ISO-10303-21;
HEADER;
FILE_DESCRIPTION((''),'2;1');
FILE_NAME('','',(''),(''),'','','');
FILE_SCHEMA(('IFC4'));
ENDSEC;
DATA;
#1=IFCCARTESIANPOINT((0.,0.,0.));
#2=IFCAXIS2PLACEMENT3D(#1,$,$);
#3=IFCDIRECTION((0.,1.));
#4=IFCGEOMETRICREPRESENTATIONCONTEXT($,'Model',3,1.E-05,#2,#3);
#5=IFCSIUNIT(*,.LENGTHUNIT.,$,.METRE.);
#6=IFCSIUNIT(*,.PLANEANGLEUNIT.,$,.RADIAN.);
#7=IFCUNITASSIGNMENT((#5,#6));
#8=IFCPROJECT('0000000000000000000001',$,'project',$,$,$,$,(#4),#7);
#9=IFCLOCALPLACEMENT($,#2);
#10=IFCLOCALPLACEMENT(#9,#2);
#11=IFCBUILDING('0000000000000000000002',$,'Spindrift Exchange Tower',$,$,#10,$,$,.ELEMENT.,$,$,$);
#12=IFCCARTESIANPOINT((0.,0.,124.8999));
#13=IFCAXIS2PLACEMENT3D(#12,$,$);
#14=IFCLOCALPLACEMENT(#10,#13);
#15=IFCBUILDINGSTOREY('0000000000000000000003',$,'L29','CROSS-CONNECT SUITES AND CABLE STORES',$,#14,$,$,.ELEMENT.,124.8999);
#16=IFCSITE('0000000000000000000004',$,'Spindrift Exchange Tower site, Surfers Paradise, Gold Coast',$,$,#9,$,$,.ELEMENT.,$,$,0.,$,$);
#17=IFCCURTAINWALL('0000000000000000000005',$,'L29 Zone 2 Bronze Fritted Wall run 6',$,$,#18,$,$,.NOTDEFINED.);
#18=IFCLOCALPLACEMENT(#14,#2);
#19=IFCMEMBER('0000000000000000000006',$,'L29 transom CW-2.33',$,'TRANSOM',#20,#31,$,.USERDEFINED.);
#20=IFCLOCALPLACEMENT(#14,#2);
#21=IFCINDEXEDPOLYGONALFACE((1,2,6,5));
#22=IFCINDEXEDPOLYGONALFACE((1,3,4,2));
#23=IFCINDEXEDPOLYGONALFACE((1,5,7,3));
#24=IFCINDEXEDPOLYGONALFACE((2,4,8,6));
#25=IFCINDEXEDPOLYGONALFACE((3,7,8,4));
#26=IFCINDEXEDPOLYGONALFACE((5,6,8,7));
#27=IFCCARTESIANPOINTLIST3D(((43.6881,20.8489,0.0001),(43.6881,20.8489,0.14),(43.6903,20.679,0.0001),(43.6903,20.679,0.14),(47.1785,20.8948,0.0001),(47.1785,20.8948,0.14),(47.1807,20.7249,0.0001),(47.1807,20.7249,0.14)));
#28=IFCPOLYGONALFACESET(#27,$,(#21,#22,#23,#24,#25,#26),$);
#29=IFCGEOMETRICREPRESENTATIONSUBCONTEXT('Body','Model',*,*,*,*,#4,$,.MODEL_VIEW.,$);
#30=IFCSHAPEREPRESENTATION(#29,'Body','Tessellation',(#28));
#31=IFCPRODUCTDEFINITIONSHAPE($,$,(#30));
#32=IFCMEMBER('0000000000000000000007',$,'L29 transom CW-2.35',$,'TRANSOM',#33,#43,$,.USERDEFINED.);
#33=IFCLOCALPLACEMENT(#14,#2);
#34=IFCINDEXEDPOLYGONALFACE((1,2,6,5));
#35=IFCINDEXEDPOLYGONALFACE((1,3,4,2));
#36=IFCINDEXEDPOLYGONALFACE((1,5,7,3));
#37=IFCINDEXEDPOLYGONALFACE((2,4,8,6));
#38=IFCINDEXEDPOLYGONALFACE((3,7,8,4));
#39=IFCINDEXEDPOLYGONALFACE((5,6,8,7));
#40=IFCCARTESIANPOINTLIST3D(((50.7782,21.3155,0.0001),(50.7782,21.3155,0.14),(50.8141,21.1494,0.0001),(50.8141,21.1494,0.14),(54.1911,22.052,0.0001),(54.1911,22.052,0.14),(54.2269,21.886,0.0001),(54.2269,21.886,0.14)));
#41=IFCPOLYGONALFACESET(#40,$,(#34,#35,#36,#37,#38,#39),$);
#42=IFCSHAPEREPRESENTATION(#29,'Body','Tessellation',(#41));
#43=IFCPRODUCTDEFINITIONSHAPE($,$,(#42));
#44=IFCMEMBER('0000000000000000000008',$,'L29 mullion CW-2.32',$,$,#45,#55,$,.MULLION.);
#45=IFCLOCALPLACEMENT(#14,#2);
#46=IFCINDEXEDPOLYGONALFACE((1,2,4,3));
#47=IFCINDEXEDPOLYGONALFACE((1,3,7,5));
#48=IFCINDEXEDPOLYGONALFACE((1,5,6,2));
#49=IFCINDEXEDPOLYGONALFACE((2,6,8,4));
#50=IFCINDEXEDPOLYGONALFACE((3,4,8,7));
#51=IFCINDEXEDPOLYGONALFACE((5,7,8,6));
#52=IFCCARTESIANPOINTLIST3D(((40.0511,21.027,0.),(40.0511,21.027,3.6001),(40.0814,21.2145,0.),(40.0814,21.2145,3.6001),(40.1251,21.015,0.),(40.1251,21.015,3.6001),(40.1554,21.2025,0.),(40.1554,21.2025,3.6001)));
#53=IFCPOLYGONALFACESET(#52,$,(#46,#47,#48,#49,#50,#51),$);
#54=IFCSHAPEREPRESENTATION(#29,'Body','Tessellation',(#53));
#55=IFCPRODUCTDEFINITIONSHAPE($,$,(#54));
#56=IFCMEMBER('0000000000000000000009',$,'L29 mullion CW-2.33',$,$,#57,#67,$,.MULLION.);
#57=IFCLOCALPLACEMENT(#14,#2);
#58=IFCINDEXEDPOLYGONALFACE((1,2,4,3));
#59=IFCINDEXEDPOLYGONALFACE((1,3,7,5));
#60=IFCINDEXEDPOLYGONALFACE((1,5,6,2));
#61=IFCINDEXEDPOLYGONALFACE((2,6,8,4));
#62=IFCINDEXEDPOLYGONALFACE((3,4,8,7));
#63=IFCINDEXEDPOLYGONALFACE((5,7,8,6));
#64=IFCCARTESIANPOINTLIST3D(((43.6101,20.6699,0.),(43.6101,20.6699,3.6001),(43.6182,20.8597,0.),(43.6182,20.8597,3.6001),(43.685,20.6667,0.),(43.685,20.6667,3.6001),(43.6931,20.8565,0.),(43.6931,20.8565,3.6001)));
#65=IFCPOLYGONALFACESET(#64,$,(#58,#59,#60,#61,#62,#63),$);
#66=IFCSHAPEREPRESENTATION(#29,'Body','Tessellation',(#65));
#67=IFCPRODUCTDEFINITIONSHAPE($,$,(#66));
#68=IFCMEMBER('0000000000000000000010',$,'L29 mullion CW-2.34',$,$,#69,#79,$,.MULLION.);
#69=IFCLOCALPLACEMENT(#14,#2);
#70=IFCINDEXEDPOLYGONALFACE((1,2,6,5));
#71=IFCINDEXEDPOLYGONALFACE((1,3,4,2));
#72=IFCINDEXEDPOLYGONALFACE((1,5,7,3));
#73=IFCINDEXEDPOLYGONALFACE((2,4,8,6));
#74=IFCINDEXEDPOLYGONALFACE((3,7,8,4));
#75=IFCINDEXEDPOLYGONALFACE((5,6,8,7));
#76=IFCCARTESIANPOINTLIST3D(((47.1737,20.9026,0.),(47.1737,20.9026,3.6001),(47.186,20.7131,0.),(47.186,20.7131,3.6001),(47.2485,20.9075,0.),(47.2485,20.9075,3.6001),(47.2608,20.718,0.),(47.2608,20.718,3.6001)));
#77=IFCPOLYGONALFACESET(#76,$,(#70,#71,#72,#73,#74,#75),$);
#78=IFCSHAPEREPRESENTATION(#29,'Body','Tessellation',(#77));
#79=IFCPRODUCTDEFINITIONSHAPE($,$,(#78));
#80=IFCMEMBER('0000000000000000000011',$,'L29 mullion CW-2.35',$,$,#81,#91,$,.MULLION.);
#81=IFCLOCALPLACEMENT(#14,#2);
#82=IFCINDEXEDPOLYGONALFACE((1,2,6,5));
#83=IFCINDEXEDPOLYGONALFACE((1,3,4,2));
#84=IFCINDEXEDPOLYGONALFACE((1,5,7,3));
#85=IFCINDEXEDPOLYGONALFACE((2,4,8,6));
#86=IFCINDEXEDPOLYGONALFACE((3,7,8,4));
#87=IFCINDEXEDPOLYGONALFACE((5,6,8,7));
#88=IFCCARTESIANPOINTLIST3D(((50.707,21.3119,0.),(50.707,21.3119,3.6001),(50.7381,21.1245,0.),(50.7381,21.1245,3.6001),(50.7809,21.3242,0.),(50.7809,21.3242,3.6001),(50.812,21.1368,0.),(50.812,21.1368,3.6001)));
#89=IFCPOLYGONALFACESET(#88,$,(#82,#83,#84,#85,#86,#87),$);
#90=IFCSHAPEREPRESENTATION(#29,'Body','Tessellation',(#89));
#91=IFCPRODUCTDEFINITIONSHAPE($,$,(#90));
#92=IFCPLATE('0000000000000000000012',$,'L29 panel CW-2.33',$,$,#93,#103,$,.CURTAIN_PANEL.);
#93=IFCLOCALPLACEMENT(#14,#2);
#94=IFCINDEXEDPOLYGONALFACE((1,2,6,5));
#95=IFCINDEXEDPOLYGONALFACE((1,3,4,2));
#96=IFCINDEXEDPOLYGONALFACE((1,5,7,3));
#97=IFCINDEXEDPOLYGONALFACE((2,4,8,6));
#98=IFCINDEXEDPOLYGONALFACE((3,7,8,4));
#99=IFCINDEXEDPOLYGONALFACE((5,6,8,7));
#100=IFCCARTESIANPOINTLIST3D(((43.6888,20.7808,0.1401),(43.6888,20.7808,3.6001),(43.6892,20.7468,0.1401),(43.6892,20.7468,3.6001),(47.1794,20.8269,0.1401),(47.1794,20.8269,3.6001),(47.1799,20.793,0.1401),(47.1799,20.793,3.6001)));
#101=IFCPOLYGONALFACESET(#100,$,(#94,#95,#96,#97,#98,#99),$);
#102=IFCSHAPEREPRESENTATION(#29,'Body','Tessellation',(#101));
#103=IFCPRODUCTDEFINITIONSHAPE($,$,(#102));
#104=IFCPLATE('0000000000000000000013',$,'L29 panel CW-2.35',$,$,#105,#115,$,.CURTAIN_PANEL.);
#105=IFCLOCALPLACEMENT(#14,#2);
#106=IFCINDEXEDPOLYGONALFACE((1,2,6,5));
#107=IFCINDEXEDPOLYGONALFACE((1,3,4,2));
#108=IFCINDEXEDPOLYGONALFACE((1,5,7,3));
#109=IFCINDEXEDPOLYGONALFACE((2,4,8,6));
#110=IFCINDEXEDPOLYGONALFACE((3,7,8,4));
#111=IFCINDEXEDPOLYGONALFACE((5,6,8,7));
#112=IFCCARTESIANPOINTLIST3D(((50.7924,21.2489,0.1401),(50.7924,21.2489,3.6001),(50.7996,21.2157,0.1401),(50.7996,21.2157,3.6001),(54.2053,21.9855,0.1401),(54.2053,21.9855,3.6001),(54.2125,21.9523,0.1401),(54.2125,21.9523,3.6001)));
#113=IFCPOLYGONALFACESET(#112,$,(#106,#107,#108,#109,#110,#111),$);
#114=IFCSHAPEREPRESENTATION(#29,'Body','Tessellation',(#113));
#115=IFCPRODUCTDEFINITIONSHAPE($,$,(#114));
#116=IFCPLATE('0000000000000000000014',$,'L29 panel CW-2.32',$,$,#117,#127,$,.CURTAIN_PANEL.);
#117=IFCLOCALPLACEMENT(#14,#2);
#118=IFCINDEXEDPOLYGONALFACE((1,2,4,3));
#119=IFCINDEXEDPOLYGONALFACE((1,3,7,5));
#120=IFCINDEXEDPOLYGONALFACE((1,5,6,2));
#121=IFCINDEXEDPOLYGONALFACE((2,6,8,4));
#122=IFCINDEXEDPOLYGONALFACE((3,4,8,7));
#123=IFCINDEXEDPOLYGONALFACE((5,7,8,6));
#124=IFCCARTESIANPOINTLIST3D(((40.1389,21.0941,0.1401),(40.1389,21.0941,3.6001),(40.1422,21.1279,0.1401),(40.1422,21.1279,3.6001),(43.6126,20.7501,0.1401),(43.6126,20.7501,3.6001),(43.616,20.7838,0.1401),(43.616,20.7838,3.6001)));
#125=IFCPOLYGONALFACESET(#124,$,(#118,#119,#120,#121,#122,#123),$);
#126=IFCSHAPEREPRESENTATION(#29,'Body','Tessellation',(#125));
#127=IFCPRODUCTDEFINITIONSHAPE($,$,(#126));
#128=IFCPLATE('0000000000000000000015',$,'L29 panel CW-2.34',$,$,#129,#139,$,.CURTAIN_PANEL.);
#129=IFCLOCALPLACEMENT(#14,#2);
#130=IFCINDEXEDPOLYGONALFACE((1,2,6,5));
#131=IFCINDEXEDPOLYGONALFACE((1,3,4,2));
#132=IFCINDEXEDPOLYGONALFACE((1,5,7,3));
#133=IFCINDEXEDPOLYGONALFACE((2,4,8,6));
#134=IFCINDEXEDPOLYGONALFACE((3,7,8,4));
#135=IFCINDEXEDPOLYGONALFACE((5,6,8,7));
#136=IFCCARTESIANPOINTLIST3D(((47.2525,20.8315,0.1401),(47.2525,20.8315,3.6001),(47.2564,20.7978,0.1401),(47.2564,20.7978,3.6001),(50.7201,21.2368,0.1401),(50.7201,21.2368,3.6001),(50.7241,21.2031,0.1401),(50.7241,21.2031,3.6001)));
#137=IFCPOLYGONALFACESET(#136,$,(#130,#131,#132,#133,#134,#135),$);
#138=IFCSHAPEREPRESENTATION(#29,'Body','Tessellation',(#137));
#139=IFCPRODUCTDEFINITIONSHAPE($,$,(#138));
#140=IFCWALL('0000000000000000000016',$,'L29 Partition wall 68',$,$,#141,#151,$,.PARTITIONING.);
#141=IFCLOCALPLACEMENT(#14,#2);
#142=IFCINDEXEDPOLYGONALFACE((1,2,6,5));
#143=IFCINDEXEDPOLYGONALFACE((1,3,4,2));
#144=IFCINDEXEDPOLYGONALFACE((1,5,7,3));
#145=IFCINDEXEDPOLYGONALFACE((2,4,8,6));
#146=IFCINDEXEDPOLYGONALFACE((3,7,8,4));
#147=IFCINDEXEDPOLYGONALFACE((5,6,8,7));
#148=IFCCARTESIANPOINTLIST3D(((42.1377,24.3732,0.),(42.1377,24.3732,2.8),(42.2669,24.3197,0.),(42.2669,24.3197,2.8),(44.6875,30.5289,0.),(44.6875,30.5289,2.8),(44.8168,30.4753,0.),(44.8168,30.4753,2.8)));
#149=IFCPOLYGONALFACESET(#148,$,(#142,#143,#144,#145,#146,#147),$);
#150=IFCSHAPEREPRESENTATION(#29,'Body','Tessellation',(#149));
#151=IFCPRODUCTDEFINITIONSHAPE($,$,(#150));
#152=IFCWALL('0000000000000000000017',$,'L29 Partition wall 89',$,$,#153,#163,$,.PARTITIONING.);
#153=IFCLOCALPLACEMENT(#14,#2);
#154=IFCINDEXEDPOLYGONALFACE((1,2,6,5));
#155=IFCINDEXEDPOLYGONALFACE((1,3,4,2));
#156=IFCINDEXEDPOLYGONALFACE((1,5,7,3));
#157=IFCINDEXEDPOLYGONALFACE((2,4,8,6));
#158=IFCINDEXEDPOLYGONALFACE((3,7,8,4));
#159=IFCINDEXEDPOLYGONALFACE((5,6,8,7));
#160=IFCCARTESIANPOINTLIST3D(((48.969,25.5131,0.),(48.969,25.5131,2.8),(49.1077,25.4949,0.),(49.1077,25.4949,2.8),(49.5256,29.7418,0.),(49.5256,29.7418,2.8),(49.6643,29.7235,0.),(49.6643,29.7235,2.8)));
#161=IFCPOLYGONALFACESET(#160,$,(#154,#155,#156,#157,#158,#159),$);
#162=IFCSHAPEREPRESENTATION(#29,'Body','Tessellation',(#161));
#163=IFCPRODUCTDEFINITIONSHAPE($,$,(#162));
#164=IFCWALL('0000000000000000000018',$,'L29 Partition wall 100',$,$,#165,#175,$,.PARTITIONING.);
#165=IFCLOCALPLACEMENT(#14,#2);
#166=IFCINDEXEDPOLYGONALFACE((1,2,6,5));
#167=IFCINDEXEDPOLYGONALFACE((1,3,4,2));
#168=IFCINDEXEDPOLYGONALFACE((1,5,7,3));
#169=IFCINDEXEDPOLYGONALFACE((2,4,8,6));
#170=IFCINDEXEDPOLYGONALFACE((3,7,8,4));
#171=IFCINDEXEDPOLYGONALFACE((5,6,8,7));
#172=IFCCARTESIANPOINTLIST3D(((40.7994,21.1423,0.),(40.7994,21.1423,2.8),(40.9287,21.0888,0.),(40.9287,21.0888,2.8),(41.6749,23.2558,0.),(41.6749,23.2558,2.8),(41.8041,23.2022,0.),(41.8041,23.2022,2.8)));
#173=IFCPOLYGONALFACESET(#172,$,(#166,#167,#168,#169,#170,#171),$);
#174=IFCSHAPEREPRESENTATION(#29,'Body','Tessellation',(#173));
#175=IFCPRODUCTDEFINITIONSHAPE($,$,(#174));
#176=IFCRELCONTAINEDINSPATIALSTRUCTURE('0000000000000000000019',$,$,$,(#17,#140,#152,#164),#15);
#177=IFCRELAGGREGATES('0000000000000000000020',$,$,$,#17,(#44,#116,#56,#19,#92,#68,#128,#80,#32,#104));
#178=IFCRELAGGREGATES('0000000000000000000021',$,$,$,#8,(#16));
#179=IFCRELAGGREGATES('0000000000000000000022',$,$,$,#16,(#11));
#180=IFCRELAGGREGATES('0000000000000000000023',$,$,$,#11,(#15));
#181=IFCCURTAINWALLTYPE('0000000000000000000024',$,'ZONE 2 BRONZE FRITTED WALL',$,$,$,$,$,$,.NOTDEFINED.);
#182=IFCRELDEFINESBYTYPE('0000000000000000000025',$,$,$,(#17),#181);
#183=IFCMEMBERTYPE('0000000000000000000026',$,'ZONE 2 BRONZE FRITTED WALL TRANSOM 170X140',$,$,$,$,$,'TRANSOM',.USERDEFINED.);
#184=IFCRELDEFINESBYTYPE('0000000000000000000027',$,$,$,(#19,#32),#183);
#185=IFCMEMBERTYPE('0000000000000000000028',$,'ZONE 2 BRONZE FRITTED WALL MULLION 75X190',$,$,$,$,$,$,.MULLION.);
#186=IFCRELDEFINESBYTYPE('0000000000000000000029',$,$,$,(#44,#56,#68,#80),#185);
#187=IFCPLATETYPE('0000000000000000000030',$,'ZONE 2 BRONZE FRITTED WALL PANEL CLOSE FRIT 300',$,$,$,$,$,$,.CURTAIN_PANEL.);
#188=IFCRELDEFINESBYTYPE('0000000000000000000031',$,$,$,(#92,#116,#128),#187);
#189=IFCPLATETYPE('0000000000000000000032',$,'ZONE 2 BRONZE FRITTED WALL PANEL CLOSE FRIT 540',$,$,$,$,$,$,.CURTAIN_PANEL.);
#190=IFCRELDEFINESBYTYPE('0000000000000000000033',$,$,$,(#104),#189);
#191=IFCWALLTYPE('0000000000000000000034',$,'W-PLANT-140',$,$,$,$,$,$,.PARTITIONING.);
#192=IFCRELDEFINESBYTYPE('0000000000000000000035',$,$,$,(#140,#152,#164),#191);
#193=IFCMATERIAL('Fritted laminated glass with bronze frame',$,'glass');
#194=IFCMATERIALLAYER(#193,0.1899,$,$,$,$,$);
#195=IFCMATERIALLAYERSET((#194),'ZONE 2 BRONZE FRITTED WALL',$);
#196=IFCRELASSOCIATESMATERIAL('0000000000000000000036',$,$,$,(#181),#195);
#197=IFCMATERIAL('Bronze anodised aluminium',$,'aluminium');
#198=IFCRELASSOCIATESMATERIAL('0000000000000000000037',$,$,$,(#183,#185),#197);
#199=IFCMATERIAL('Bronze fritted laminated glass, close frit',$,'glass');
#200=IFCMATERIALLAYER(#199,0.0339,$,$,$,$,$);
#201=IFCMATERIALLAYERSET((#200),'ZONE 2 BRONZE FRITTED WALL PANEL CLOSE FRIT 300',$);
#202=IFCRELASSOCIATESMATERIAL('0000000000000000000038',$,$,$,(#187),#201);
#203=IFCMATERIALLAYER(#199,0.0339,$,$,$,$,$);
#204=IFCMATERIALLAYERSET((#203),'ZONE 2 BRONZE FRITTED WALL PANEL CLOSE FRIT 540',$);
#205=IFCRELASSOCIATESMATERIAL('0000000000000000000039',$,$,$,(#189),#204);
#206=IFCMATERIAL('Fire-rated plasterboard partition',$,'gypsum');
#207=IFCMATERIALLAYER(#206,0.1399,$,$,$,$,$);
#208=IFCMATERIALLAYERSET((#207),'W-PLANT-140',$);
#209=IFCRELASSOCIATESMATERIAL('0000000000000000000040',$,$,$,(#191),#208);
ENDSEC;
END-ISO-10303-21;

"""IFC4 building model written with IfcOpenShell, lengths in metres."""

from ifc_helpers import new_model, si_unit, direction, frame, frame_2d, origin, origin_2d, place, context, subcontext, project, spatial, rectangle, extrude, source, transform, mapped, material, layer, layer_set, material_profile, profile_set, type_object, element, aggregate, save


model = new_model("IFC4")

# Units and contexts
model_context = context("Model", 3, precision=1e-05, world=origin(), true_north=direction((0.0, 1.0)))
body_context = subcontext(model_context, "Body", "Model", "MODEL_VIEW")
ifc_project = project(units=[si_unit("LENGTHUNIT", "METRE"), si_unit("PLANEANGLEUNIT", "RADIAN")], contexts=[model_context])

# Site, building, storey
site_placement = place(None, origin())
site = spatial("IfcSite", under=ifc_project, at=site_placement, Name="Spindrift Exchange Tower site, Surfers Paradise, Gold Coast", CompositionType="ELEMENT", RefElevation=0.0)
building_placement = place(site_placement, origin())
building = spatial("IfcBuilding", under=site, at=building_placement, Name="Spindrift Exchange Tower", CompositionType="ELEMENT")
storey_placement = place(building_placement, frame((0.0, 0.0, 124.8999)))
storey = spatial("IfcBuildingStorey", under=building, at=storey_placement, Name="L29", Description="CROSS-CONNECT SUITES AND CABLE STORES", CompositionType="ELEMENT", Elevation=124.8999)

# Curtain wall, members, plates
ifc_material_1 = material(Name="Fritted laminated glass with bronze frame", Category="glass")
ifc_layer_1 = layer(ifc_material_1, 0.1899)
ifc_layer_set_1 = layer_set([ifc_layer_1], Name="ZONE 2 BRONZE FRITTED WALL")
curtain_wall_type = type_object("IfcCurtainWallType", Name="ZONE 2 BRONZE FRITTED WALL", PredefinedType="NOTDEFINED", material=ifc_layer_set_1)
curtain_wall_placement = place(storey_placement, origin())
curtain_wall = element("IfcCurtainWall", 1, at=curtain_wall_placement, inside=storey, type_object=curtain_wall_type, Name="L29 Zone 2 Bronze Fritted Wall run 6", PredefinedType="NOTDEFINED")
ifc_material_2 = material(Name="Bronze anodised aluminium", Category="aluminium")
ifc_material_profile_1 = material_profile(ifc_material_2, rectangle(XDim=0.1699, YDim=0.1399, at=origin_2d()), Name="ZONE 2 BRONZE FRITTED WALL TRANSOM 170X140")
ifc_profile_set_1 = profile_set([ifc_material_profile_1], Name="Bronze anodised aluminium")
member_type_1 = type_object("IfcMemberType", Name="ZONE 2 BRONZE FRITTED WALL TRANSOM 170X140", ElementType="TRANSOM", PredefinedType="USERDEFINED", material=ifc_profile_set_1)
shared_shape_1 = source(origin(), body_context, "Body", "SweptSolid", [
    extrude(rectangle(XDim=0.1699, YDim=0.1399, at=origin_2d()), origin(), (0.0, 0.0, 1.0), 3.4907),
])
member_1_placement = place(storey_placement, frame((43.6892, 20.7639, 0.0701), z_axis=(0.999914, 0.013148, 0.0), x_axis=(-0.013148, 0.999914, 0.0)))
member_1 = element("IfcMember", 2, at=member_1_placement, type_object=member_type_1, Name="L29 transom CW-2.33", ObjectType="TRANSOM", PredefinedType="USERDEFINED", context=body_context, shape_type="MappedRepresentation", body=[
    mapped(shared_shape_1, transform((0.0, 0.0, 0.0), scale=1.0)),
])
shared_shape_2 = source(origin(), body_context, "Body", "SweptSolid", [
    extrude(rectangle(XDim=0.1699, YDim=0.1399, at=origin_2d()), origin(), (0.0, 0.0, 1.0), 3.4915),
])
member_2_placement = place(storey_placement, frame((50.7961, 21.2324, 0.0701), z_axis=(0.977493, 0.210966, 0.0), x_axis=(-0.210966, 0.977493, 0.0)))
member_2 = element("IfcMember", 3, at=member_2_placement, type_object=member_type_1, Name="L29 transom CW-2.35", ObjectType="TRANSOM", PredefinedType="USERDEFINED", context=body_context, shape_type="MappedRepresentation", body=[
    mapped(shared_shape_2, transform((0.0, 0.0, 0.0), scale=1.0)),
])
ifc_material_profile_2 = material_profile(ifc_material_2, rectangle(XDim=0.075, YDim=0.1899, at=origin_2d()), Name="ZONE 2 BRONZE FRITTED WALL MULLION 75X190")
ifc_profile_set_2 = profile_set([ifc_material_profile_2], Name="Bronze anodised aluminium")
member_type_2 = type_object("IfcMemberType", Name="ZONE 2 BRONZE FRITTED WALL MULLION 75X190", PredefinedType="MULLION", material=ifc_profile_set_2)
shared_shape_3 = source(origin(), body_context, "Body", "SweptSolid", [
    extrude(rectangle(XDim=0.075, YDim=0.1899, at=origin_2d()), origin(), (0.0, 0.0, 1.0), 3.6001),
])
member_3_placement = place(storey_placement, frame((40.1033, 21.1147, 0.0), z_axis=(0.0, 0.0, 1.0), x_axis=(0.98721, -0.159425, 0.0)))
member_3 = element("IfcMember", 4, at=member_3_placement, type_object=member_type_2, Name="L29 mullion CW-2.32", PredefinedType="MULLION", context=body_context, shape_type="MappedRepresentation", body=[
    mapped(shared_shape_3, transform((0.0, 0.0, 0.0), scale=1.0)),
])
member_4_placement = place(storey_placement, frame((43.6516, 20.7632, 0.0), z_axis=(0.0, 0.0, 1.0), x_axis=(0.999086, -0.042737, 0.0)))
member_4 = element("IfcMember", 5, at=member_4_placement, type_object=member_type_2, Name="L29 mullion CW-2.33", PredefinedType="MULLION", context=body_context, shape_type="MappedRepresentation", body=[
    mapped(shared_shape_3, transform((0.0, 0.0, 0.0), scale=1.0)),
])
member_5_placement = place(storey_placement, frame((47.2173, 20.8103, 0.0), z_axis=(0.0, 0.0, 1.0), x_axis=(0.997903, 0.064733, 0.0)))
member_5 = element("IfcMember", 6, at=member_5_placement, type_object=member_type_2, Name="L29 mullion CW-2.34", PredefinedType="MULLION", context=body_context, shape_type="MappedRepresentation", body=[
    mapped(shared_shape_3, transform((0.0, 0.0, 0.0), scale=1.0)),
])
member_6_placement = place(storey_placement, frame((50.7595, 21.2244, 0.0), z_axis=(0.0, 0.0, 1.0), x_axis=(0.986507, 0.163718, 0.0)))
member_6 = element("IfcMember", 7, at=member_6_placement, type_object=member_type_2, Name="L29 mullion CW-2.35", PredefinedType="MULLION", context=body_context, shape_type="MappedRepresentation", body=[
    mapped(shared_shape_3, transform((0.0, 0.0, 0.0), scale=1.0)),
])
ifc_material_3 = material(Name="Bronze fritted laminated glass, close frit", Category="glass")
ifc_layer_2 = layer(ifc_material_3, 0.0339)
ifc_layer_set_2 = layer_set([ifc_layer_2], Name="ZONE 2 BRONZE FRITTED WALL PANEL CLOSE FRIT 300")
plate_type_1 = type_object("IfcPlateType", Name="ZONE 2 BRONZE FRITTED WALL PANEL CLOSE FRIT 300", PredefinedType="CURTAIN_PANEL", material=ifc_layer_set_2)
shared_shape_4 = source(origin(), body_context, "Body", "SweptSolid", [
    extrude(rectangle(XDim=3.491, YDim=0.0339, at=origin_2d()), origin(), (0.0, 0.0, 1.0), 3.46),
])
plate_1_placement = place(storey_placement, frame((45.4343, 20.7869, 0.1401), z_axis=(0.0, 0.0, 1.0), x_axis=(0.999913, 0.013208, 0.0)))
plate_1 = element("IfcPlate", 8, at=plate_1_placement, type_object=plate_type_1, Name="L29 panel CW-2.33", PredefinedType="CURTAIN_PANEL", context=body_context, shape_type="MappedRepresentation", body=[
    mapped(shared_shape_4, transform((0.0, 0.0, 0.0), scale=1.0)),
])
ifc_layer_3 = layer(ifc_material_3, 0.0339)
ifc_layer_set_3 = layer_set([ifc_layer_3], Name="ZONE 2 BRONZE FRITTED WALL PANEL CLOSE FRIT 540")
plate_type_2 = type_object("IfcPlateType", Name="ZONE 2 BRONZE FRITTED WALL PANEL CLOSE FRIT 540", PredefinedType="CURTAIN_PANEL", material=ifc_layer_set_3)
shared_shape_5 = source(origin(), body_context, "Body", "SweptSolid", [
    extrude(rectangle(XDim=3.4915, YDim=0.0339, at=origin_2d()), origin(), (0.0, 0.0, 1.0), 3.46),
])
plate_2_placement = place(storey_placement, frame((52.5024, 21.6006, 0.1401), z_axis=(0.0, 0.0, 1.0), x_axis=(0.977493, 0.21097, 0.0)))
plate_2 = element("IfcPlate", 9, at=plate_2_placement, type_object=plate_type_2, Name="L29 panel CW-2.35", PredefinedType="CURTAIN_PANEL", context=body_context, shape_type="MappedRepresentation", body=[
    mapped(shared_shape_5, transform((0.0, 0.0, 0.0), scale=1.0)),
])
shared_shape_6 = source(origin(), body_context, "Body", "SweptSolid", [
    extrude(rectangle(XDim=3.4907, YDim=0.0339, at=origin_2d()), origin(), (0.0, 0.0, 1.0), 3.46),
])
plate_3_placement = place(storey_placement, frame((41.8774, 20.939, 0.1401), z_axis=(0.0, 0.0, 1.0), x_axis=(0.995132, -0.098549, 0.0)))
plate_3 = element("IfcPlate", 10, at=plate_3_placement, type_object=plate_type_1, Name="L29 panel CW-2.32", PredefinedType="CURTAIN_PANEL", context=body_context, shape_type="MappedRepresentation", body=[
    mapped(shared_shape_6, transform((0.0, 0.0, 0.0), scale=1.0)),
])
shared_shape_7 = source(origin(), body_context, "Body", "SweptSolid", [
    extrude(rectangle(XDim=3.4912, YDim=0.0339, at=origin_2d()), origin(), (0.0, 0.0, 1.0), 3.46),
])
plate_4_placement = place(storey_placement, frame((48.9883, 21.0173, 0.1401), z_axis=(0.0, 0.0, 1.0), x_axis=(0.993239, 0.116087, 0.0)))
plate_4 = element("IfcPlate", 11, at=plate_4_placement, type_object=plate_type_1, Name="L29 panel CW-2.34", PredefinedType="CURTAIN_PANEL", context=body_context, shape_type="MappedRepresentation", body=[
    mapped(shared_shape_7, transform((0.0, 0.0, 0.0), scale=1.0)),
])
aggregate(curtain_wall, [member_3, plate_3, member_4, member_1, plate_1, member_5, plate_4, member_6, member_2, plate_2])

# Walls
ifc_material_4 = material(Name="Fire-rated plasterboard partition", Category="gypsum")
ifc_layer_4 = layer(ifc_material_4, 0.1399)
ifc_layer_set_4 = layer_set([ifc_layer_4], Name="W-PLANT-140")
wall_type = type_object("IfcWallType", Name="W-PLANT-140", PredefinedType="PARTITIONING", material=ifc_layer_set_4)
wall_1_placement = place(storey_placement, frame((44.7522, 30.5022, 0.0), z_axis=(0.0, 0.0, 1.0), x_axis=(-0.382697, -0.923874, 0.0)))
element("IfcWall", 12, at=wall_1_placement, inside=storey, type_object=wall_type, Name="L29 Partition wall 68", PredefinedType="PARTITIONING", context=body_context, shape_type="SweptSolid", body=[
    extrude(rectangle(XDim=6.6628, YDim=0.1399, at=frame_2d((3.3315, 0.0))), origin(), (0.0, 0.0, 1.0), 2.8),
])
wall_2_placement = place(storey_placement, frame((49.595, 29.7327, 0.0), z_axis=(0.0, 0.0, 1.0), x_axis=(-0.130506, -0.991447, 0.0)))
element("IfcWall", 13, at=wall_2_placement, inside=storey, type_object=wall_type, Name="L29 Partition wall 89", PredefinedType="PARTITIONING", context=body_context, shape_type="SweptSolid", body=[
    extrude(rectangle(XDim=4.2651, YDim=0.1399, at=frame_2d((2.1326, 0.0))), origin(), (0.0, 0.0, 1.0), 2.8),
])
wall_3_placement = place(storey_placement, frame((41.7395, 23.229, 0.0), z_axis=(0.0, 0.0, 1.0), x_axis=(-0.382697, -0.923874, 0.0)))
element("IfcWall", 14, at=wall_3_placement, inside=storey, type_object=wall_type, Name="L29 Partition wall 100", PredefinedType="PARTITIONING", context=body_context, shape_type="SweptSolid", body=[
    extrude(rectangle(XDim=2.2876, YDim=0.1399, at=frame_2d((1.1438, 0.0))), origin(), (0.0, 0.0, 1.0), 2.8),
])

save(model, "model.ifc")
